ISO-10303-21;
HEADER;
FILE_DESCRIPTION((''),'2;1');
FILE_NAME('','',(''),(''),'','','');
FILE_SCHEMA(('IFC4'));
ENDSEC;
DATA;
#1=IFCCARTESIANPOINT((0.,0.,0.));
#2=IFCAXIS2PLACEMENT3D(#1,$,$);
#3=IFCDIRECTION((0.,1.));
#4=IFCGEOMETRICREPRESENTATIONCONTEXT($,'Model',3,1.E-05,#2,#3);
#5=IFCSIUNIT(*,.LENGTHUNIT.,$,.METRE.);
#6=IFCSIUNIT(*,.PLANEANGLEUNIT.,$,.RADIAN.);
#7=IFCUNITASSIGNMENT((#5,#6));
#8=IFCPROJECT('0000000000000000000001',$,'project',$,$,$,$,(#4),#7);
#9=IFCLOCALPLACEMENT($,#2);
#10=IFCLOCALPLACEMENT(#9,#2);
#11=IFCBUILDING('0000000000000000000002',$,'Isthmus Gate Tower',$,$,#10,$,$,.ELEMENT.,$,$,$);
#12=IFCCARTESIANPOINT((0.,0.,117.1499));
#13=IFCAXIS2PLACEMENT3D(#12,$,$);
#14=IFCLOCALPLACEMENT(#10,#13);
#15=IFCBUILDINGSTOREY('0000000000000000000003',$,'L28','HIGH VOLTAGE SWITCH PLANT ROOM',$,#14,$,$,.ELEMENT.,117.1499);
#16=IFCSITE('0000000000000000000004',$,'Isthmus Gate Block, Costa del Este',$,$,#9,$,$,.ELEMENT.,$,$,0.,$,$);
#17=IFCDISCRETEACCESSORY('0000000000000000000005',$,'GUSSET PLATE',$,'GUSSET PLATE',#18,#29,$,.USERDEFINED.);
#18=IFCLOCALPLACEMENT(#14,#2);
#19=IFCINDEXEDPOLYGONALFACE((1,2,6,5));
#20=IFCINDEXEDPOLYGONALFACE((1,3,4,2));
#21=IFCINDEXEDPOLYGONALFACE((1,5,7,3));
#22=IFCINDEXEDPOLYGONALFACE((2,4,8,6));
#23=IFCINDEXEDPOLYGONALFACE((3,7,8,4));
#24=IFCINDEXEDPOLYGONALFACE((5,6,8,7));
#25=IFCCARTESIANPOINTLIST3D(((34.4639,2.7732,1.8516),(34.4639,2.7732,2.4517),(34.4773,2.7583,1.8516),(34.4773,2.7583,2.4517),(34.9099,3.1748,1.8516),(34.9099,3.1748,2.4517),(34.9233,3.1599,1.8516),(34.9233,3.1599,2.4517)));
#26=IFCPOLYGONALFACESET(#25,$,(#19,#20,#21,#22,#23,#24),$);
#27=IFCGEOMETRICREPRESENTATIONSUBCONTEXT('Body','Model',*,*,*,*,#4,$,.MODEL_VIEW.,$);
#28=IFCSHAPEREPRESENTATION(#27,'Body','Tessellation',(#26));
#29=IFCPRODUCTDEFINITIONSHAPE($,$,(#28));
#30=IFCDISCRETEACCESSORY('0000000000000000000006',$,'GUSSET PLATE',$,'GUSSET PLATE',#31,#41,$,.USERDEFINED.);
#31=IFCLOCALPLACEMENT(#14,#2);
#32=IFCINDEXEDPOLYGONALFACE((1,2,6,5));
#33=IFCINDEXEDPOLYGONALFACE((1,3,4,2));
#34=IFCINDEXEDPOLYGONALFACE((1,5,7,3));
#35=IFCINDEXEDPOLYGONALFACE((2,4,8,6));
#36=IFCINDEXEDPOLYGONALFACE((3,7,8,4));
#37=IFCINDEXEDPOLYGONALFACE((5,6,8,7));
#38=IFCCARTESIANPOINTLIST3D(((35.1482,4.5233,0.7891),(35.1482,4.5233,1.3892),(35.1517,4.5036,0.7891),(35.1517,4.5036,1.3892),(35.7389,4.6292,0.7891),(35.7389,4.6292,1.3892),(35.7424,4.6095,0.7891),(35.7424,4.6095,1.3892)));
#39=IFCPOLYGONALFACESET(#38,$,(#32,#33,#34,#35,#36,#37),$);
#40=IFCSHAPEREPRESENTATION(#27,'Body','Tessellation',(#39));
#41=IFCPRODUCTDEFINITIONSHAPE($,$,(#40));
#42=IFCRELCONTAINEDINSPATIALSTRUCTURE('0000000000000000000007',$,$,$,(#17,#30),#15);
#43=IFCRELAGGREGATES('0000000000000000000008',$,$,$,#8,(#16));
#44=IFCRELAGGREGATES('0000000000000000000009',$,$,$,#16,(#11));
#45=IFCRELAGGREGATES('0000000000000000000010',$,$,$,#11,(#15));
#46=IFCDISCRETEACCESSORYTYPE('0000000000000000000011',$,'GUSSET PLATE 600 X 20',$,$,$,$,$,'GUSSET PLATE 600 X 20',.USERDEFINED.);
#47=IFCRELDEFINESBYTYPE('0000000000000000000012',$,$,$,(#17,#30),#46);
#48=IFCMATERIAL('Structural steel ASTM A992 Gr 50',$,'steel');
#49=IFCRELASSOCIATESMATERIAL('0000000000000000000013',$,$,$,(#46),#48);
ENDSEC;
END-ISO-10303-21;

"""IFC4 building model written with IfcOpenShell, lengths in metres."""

from ifc_helpers import new_model, si_unit, direction, frame, origin, origin_2d, place, context, subcontext, project, spatial, rectangle, extrude, material, type_object, element, save


model = new_model("IFC4")

# Units and contexts
model_context = context("Model", 3, precision=1e-05, world=origin(), true_north=direction((0.0, 1.0)))
body_context = subcontext(model_context, "Body", "Model", "MODEL_VIEW")
ifc_project = project(units=[si_unit("LENGTHUNIT", "METRE"), si_unit("PLANEANGLEUNIT", "RADIAN")], contexts=[model_context])

# Site, building, storey
site_placement = place(None, origin())
site = spatial("IfcSite", under=ifc_project, at=site_placement, Name="Isthmus Gate Block, Costa del Este", CompositionType="ELEMENT", RefElevation=0.0)
building_placement = place(site_placement, origin())
building = spatial("IfcBuilding", under=site, at=building_placement, Name="Isthmus Gate Tower", CompositionType="ELEMENT")
storey_placement = place(building_placement, frame((0.0, 0.0, 117.1499)))
storey = spatial("IfcBuildingStorey", under=building, at=storey_placement, Name="L28", Description="HIGH VOLTAGE SWITCH PLANT ROOM", CompositionType="ELEMENT", Elevation=117.1499)

# Discrete accessories
ifc_material_1 = material(Name="Structural steel ASTM A992 Gr 50", Category="steel")
discrete_accessory_type_1 = type_object("IfcDiscreteAccessoryType", Name="GUSSET PLATE 600 X 20", ElementType="GUSSET PLATE 600 X 20", PredefinedType="USERDEFINED", material=ifc_material_1)
for number, where, z_axis, x_axis, name in (
    (1, (34.6936, 2.9666, 1.8516), (0.0, 0.0, 1.0), (-0.743145, -0.669131, 0.0), "GUSSET PLATE"),
    (2, (35.4453, 4.5664, 0.7891), (0.0, 0.0, 1.0), (-0.98433, -0.176338, 0.0), "GUSSET PLATE"),
):
    element("IfcDiscreteAccessory", number, at=place(storey_placement, frame(where, z_axis=z_axis, x_axis=x_axis)), inside=storey, type_object=discrete_accessory_type_1, Name=name, ObjectType="GUSSET PLATE", PredefinedType="USERDEFINED", context=body_context, shape_type="SweptSolid", body=[
        extrude(rectangle(XDim=0.6001, YDim=0.02, at=origin_2d()), origin(), (0.0, 0.0, 1.0), 0.6001),
    ])

save(model, "model.ifc")
